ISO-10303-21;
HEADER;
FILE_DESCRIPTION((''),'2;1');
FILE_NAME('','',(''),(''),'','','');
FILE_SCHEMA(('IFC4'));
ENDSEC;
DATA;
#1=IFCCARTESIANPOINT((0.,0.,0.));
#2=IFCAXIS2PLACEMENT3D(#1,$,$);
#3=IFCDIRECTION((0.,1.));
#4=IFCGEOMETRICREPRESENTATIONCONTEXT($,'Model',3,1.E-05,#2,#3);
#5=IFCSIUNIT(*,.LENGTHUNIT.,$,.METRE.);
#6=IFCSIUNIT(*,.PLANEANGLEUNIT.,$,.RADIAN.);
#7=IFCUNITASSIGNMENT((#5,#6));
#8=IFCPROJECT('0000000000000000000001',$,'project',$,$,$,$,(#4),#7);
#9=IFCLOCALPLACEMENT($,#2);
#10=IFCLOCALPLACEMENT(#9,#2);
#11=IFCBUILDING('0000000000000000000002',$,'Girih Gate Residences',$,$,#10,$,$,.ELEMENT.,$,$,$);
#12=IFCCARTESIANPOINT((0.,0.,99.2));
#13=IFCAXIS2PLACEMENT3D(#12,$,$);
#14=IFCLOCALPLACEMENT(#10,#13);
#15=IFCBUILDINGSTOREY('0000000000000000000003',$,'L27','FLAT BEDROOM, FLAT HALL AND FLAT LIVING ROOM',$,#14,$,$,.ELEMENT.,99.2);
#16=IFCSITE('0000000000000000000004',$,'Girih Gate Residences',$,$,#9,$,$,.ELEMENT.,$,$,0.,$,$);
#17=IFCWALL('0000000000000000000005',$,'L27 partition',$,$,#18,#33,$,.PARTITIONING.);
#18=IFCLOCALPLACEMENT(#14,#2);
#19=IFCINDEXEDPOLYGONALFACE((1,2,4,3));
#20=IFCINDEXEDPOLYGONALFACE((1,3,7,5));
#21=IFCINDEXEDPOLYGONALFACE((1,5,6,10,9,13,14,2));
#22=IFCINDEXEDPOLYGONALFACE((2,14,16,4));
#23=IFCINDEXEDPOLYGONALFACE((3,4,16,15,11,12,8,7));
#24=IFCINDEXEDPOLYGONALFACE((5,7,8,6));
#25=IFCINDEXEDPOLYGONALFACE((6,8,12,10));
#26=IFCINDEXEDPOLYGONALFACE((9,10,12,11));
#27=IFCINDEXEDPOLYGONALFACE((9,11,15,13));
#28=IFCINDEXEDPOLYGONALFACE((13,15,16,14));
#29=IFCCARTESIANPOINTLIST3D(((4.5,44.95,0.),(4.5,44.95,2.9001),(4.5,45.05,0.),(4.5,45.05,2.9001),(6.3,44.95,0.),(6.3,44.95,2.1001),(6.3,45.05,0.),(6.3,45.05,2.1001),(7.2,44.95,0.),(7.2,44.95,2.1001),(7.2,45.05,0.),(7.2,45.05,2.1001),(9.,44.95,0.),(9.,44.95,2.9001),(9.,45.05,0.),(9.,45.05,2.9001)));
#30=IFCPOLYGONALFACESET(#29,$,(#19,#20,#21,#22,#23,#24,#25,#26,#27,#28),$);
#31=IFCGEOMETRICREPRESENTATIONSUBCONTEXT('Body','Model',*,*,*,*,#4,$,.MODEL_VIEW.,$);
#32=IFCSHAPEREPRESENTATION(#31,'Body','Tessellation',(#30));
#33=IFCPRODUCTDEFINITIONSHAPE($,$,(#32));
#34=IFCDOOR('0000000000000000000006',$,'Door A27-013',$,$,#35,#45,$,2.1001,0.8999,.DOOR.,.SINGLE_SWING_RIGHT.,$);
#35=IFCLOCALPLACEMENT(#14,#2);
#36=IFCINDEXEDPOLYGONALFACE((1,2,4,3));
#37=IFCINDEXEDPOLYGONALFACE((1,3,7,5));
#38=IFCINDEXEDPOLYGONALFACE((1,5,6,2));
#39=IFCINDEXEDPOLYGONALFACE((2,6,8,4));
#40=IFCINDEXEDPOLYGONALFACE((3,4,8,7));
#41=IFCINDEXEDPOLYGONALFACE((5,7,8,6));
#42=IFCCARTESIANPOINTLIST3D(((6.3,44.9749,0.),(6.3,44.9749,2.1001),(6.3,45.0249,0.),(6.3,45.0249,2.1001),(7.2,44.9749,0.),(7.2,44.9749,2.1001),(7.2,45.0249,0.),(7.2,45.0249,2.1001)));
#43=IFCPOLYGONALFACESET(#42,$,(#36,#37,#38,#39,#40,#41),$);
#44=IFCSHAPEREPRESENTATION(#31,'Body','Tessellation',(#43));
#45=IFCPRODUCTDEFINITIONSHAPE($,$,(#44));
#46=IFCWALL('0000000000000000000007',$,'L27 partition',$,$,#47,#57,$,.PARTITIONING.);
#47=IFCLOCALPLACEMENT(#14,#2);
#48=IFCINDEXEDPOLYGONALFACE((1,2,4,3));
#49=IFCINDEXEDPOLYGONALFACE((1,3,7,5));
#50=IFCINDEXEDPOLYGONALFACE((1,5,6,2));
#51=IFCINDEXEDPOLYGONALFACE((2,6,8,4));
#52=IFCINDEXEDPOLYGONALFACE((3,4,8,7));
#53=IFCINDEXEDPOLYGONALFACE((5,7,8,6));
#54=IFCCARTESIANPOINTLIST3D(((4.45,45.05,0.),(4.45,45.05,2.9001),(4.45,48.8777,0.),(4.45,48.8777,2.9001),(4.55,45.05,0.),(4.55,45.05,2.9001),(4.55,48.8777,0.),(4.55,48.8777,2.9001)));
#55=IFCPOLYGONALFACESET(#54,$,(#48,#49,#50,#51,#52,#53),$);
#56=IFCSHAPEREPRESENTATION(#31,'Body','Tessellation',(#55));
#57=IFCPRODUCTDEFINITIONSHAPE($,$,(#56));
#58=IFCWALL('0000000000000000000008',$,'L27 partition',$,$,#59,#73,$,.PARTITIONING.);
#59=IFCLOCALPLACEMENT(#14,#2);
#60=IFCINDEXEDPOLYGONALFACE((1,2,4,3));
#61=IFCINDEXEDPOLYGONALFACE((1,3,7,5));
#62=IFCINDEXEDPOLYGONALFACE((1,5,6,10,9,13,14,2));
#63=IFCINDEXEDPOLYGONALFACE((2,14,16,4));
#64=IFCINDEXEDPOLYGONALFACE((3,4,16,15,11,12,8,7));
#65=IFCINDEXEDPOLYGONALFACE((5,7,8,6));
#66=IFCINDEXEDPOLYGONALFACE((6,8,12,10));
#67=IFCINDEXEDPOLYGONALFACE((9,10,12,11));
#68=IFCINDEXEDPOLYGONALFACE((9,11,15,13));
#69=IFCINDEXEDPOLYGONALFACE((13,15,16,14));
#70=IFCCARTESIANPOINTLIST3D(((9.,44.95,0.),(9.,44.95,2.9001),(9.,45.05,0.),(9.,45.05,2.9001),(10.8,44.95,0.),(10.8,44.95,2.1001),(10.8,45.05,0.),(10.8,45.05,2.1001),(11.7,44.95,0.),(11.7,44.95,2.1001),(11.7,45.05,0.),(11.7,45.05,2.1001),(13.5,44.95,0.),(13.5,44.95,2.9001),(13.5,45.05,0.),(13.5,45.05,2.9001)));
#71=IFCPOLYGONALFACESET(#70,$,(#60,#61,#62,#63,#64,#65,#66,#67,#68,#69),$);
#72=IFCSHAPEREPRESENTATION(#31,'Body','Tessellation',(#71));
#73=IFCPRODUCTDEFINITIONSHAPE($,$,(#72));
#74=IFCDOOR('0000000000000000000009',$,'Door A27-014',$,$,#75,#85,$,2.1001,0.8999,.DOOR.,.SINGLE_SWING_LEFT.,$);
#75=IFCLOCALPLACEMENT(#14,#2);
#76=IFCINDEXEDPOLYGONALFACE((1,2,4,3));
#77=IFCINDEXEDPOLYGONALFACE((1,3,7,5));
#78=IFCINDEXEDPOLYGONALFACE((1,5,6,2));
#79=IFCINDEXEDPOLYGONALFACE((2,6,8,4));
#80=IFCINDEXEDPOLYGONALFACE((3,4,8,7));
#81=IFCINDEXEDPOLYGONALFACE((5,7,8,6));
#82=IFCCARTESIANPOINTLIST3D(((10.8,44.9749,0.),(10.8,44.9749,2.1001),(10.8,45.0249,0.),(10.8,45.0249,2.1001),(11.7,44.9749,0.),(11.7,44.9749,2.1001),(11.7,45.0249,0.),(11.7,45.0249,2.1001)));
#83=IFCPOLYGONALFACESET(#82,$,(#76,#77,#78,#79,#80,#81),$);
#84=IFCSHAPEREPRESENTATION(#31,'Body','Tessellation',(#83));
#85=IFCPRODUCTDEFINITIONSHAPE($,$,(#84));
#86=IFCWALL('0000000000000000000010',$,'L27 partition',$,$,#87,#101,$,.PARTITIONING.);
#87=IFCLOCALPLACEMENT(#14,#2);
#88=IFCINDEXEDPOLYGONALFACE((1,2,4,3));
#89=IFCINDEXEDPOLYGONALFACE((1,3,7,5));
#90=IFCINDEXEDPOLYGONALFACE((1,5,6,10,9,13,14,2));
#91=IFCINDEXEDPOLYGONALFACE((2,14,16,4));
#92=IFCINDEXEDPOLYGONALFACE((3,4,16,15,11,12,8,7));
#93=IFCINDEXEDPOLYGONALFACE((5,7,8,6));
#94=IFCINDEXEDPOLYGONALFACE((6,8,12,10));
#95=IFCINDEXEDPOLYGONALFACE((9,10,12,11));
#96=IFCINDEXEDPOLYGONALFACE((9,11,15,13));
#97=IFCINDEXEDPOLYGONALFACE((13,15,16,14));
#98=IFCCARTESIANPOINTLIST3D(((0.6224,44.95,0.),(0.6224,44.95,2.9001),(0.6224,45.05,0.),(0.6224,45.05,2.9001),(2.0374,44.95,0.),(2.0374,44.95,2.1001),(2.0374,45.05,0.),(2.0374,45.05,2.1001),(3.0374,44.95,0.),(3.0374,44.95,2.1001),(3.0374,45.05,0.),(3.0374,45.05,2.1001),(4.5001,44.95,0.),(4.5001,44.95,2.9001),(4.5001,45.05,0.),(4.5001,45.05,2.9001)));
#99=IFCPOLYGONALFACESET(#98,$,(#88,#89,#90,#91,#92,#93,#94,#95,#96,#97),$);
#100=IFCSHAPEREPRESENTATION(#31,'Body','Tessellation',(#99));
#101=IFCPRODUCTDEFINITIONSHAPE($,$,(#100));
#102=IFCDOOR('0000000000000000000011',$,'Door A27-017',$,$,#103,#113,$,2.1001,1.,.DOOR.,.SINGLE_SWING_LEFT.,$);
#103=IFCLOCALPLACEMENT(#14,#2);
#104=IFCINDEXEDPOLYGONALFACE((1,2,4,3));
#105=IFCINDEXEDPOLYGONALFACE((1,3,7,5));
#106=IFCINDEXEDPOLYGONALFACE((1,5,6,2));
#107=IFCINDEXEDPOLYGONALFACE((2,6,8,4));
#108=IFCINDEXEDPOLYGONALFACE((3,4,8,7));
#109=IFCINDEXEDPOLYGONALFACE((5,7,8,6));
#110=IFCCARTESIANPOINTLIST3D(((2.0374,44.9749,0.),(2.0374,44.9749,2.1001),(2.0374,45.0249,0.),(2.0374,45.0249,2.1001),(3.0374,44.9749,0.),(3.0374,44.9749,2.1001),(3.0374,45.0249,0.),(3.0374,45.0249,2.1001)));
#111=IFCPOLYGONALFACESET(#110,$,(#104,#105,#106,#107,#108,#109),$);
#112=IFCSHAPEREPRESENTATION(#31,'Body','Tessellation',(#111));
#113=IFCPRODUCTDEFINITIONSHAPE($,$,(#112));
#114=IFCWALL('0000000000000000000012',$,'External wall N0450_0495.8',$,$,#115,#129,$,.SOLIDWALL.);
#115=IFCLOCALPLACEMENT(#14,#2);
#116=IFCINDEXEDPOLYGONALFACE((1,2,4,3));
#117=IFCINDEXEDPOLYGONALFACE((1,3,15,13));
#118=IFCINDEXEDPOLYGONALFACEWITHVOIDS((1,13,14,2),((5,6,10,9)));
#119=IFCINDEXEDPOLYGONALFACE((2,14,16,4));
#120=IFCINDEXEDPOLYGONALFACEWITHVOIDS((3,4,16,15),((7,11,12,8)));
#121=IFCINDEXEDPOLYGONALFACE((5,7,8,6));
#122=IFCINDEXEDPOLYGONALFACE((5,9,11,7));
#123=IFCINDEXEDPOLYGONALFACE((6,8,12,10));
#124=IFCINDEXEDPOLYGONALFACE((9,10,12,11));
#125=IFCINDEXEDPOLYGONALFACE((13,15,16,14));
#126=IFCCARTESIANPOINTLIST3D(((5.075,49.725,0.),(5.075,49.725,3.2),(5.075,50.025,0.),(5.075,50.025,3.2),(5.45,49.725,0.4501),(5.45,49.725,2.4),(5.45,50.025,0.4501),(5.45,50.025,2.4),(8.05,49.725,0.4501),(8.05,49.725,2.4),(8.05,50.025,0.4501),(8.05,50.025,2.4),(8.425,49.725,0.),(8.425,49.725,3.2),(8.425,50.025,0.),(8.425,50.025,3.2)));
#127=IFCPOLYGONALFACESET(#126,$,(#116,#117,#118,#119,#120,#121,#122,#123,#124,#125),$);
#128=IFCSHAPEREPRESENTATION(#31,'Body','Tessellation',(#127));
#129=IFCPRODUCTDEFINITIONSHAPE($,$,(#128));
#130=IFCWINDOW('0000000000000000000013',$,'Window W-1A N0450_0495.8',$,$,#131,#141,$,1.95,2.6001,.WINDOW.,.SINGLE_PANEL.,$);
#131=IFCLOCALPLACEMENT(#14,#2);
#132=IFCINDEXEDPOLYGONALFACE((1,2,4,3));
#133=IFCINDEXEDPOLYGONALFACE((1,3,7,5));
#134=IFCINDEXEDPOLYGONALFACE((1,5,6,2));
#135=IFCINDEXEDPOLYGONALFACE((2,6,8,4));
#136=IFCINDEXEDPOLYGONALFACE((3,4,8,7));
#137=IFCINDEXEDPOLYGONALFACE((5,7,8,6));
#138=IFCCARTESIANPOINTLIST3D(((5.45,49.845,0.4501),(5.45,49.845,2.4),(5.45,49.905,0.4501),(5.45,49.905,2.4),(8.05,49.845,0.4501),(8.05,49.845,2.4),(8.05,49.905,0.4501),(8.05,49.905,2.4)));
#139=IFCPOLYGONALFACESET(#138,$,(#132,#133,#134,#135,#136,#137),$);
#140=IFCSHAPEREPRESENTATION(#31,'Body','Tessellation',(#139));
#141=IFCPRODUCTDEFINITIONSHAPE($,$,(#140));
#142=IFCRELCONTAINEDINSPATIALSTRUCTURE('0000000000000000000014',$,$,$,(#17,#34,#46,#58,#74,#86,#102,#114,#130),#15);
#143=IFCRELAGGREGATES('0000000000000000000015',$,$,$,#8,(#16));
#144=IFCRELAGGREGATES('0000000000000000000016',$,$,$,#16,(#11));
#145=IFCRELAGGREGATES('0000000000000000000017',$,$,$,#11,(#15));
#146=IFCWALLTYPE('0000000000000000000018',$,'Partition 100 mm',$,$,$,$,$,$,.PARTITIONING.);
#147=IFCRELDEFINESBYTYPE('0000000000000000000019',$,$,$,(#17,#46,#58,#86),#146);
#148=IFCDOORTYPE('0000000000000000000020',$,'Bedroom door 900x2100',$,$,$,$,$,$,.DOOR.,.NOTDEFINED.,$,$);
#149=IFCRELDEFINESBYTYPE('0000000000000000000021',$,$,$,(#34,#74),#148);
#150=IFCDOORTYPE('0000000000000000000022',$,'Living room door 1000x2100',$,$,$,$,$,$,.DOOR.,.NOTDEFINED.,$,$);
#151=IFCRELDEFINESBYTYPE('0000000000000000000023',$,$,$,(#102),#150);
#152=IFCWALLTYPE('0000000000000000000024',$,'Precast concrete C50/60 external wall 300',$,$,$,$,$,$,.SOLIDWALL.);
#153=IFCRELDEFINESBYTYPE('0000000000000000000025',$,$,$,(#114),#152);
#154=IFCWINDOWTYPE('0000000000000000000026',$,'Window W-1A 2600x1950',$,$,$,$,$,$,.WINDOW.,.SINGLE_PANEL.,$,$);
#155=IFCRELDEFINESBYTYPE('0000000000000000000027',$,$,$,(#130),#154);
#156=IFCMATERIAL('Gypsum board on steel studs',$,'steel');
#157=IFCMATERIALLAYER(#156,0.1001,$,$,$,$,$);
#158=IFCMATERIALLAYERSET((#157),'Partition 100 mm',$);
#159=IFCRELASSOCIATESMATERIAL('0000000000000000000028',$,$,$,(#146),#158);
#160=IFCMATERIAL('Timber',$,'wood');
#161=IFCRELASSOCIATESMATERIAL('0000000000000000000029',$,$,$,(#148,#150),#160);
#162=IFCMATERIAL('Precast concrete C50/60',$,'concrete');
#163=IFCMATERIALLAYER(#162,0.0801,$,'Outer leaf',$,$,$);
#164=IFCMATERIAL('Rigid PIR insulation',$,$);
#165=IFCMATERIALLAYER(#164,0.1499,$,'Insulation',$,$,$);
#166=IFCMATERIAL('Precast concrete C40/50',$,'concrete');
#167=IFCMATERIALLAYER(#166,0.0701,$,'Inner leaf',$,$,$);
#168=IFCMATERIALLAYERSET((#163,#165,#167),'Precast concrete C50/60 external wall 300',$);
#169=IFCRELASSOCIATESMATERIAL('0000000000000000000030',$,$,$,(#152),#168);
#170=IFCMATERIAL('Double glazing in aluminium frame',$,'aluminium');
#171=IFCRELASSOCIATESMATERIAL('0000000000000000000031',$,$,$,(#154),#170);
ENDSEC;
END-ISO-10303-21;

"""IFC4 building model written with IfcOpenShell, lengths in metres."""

from ifc_helpers import new_model, si_unit, direction, frame, frame_2d, origin, place, context, subcontext, project, spatial, rectangle, extrude, material, layer, layer_set, type_object, element, fill, save


model = new_model("IFC4")

# Units and contexts
model_context = context("Model", 3, precision=1e-05, world=origin(), true_north=direction((0.0, 1.0)))
body_context = subcontext(model_context, "Body", "Model", "MODEL_VIEW")
ifc_project = project(units=[si_unit("LENGTHUNIT", "METRE"), si_unit("PLANEANGLEUNIT", "RADIAN")], contexts=[model_context])

# Site, building, storey
site_placement = place(None, origin())
site = spatial("IfcSite", under=ifc_project, at=site_placement, Name="Girih Gate Residences", CompositionType="ELEMENT", RefElevation=0.0)
building_placement = place(site_placement, origin())
building = spatial("IfcBuilding", under=site, at=building_placement, Name="Girih Gate Residences", CompositionType="ELEMENT")
storey_placement = place(building_placement, frame((0.0, 0.0, 99.2)))
storey = spatial("IfcBuildingStorey", under=building, at=storey_placement, Name="L27", Description="FLAT BEDROOM, FLAT HALL AND FLAT LIVING ROOM", CompositionType="ELEMENT", Elevation=99.2)

# Shared definitions
ifc_material_1 = material(Name="Gypsum board on steel studs", Category="steel")

# Shared definitions
ifc_layer_1 = layer(ifc_material_1, 0.1001)
ifc_layer_set_1 = layer_set([ifc_layer_1], Name="Partition 100 mm")
wall_type_1 = type_object("IfcWallType", Name="Partition 100 mm", PredefinedType="PARTITIONING", material=ifc_layer_set_1)

# Wall, opening, door
wall_1_placement = place(storey_placement, frame((4.5, 45.0, 0.0), z_axis=(0.0, 0.0, 1.0), x_axis=(1.0, 0.0, 0.0)))
wall_1 = element("IfcWall", 1, at=wall_1_placement, inside=storey, type_object=wall_type_1, Name="L27 partition", PredefinedType="PARTITIONING", context=body_context, shape_type="SweptSolid", body=[
    extrude(rectangle(XDim=4.5, YDim=0.1001, at=frame_2d((2.25, 0.0))), origin(), (0.0, 0.0, 1.0), 2.9001),
])
opening_1_placement = place(wall_1_placement, frame((1.8, 0.0, 0.0)))
opening_1 = element("IfcOpeningElement", 2, at=opening_1_placement, cuts=wall_1, PredefinedType="OPENING", context=body_context, shape_type="SweptSolid", body=[
    extrude(rectangle(XDim=0.8999, YDim=2.1001, at=frame_2d((0.45, 1.05))), frame((0.0, 0.0601, 0.0), z_axis=(0.0, -1.0, 0.0), x_axis=(1.0, 0.0, 0.0)), (0.0, 0.0, 1.0), 0.1201),
])
ifc_material_2 = material(Name="Timber", Category="wood")
door_type_1 = type_object("IfcDoorType", Name="Bedroom door 900x2100", OperationType="NOTDEFINED", PredefinedType="DOOR", material=ifc_material_2)
door_1_placement = place(opening_1_placement, origin())
door_1 = element("IfcDoor", 3, at=door_1_placement, inside=storey, type_object=door_type_1, Name="Door A27-013", OperationType="SINGLE_SWING_RIGHT", OverallHeight=2.1001, OverallWidth=0.8999, PredefinedType="DOOR", context=body_context, shape_type="SweptSolid", body=[
    extrude(rectangle(XDim=0.8999, YDim=2.1001, at=frame_2d((0.45, 1.05))), frame((0.0, 0.0249, 0.0), z_axis=(0.0, -1.0, 0.0), x_axis=(1.0, 0.0, 0.0)), (0.0, 0.0, 1.0), 0.05),
])
fill(opening_1, door_1)

# Wall
wall_2_placement = place(storey_placement, frame((4.5, 45.05, 0.0), z_axis=(0.0, 0.0, 1.0), x_axis=(0.0, 1.0, 0.0)))
element("IfcWall", 4, at=wall_2_placement, inside=storey, type_object=wall_type_1, Name="L27 partition", PredefinedType="PARTITIONING", context=body_context, shape_type="SweptSolid", body=[
    extrude(rectangle(XDim=3.8276, YDim=0.1001, at=frame_2d((1.9138, 0.0))), origin(), (0.0, 0.0, 1.0), 2.9001),
])

# Walls, openings, doors
wall_3_placement = place(storey_placement, frame((9.0, 45.0, 0.0), z_axis=(0.0, 0.0, 1.0), x_axis=(1.0, 0.0, 0.0)))
wall_3 = element("IfcWall", 5, at=wall_3_placement, inside=storey, type_object=wall_type_1, Name="L27 partition", PredefinedType="PARTITIONING", context=body_context, shape_type="SweptSolid", body=[
    extrude(rectangle(XDim=4.5, YDim=0.1001, at=frame_2d((2.25, 0.0))), origin(), (0.0, 0.0, 1.0), 2.9001),
])
opening_2_placement = place(wall_3_placement, frame((1.8, 0.0, 0.0)))
opening_2 = element("IfcOpeningElement", 6, at=opening_2_placement, cuts=wall_3, PredefinedType="OPENING", context=body_context, shape_type="SweptSolid", body=[
    extrude(rectangle(XDim=0.8999, YDim=2.1001, at=frame_2d((0.45, 1.05))), frame((0.0, 0.0601, 0.0), z_axis=(0.0, -1.0, 0.0), x_axis=(1.0, 0.0, 0.0)), (0.0, 0.0, 1.0), 0.1201),
])
door_2_placement = place(opening_2_placement, origin())
door_2 = element("IfcDoor", 7, at=door_2_placement, inside=storey, type_object=door_type_1, Name="Door A27-014", OperationType="SINGLE_SWING_LEFT", OverallHeight=2.1001, OverallWidth=0.8999, PredefinedType="DOOR", context=body_context, shape_type="SweptSolid", body=[
    extrude(rectangle(XDim=0.8999, YDim=2.1001, at=frame_2d((0.45, 1.05))), frame((0.0, 0.0249, 0.0), z_axis=(0.0, -1.0, 0.0), x_axis=(1.0, 0.0, 0.0)), (0.0, 0.0, 1.0), 0.05),
])
fill(opening_2, door_2)
wall_4_placement = place(storey_placement, frame((0.6223, 45.0, 0.0), z_axis=(0.0, 0.0, 1.0), x_axis=(1.0, 0.0, 0.0)))
wall_4 = element("IfcWall", 8, at=wall_4_placement, inside=storey, type_object=wall_type_1, Name="L27 partition", PredefinedType="PARTITIONING", context=body_context, shape_type="SweptSolid", body=[
    extrude(rectangle(XDim=3.8777, YDim=0.1001, at=frame_2d((1.939, 0.0))), origin(), (0.0, 0.0, 1.0), 2.9001),
])
opening_3_placement = place(wall_4_placement, frame((1.415, 0.0, 0.0)))
opening_3 = element("IfcOpeningElement", 9, at=opening_3_placement, cuts=wall_4, PredefinedType="OPENING", context=body_context, shape_type="SweptSolid", body=[
    extrude(rectangle(XDim=1.0, YDim=2.1001, at=frame_2d((0.5, 1.05))), frame((0.0, 0.0601, 0.0), z_axis=(0.0, -1.0, 0.0), x_axis=(1.0, 0.0, 0.0)), (0.0, 0.0, 1.0), 0.1201),
])
door_type_2 = type_object("IfcDoorType", Name="Living room door 1000x2100", OperationType="NOTDEFINED", PredefinedType="DOOR", material=ifc_material_2)
door_3_placement = place(opening_3_placement, origin())
door_3 = element("IfcDoor", 10, at=door_3_placement, inside=storey, type_object=door_type_2, Name="Door A27-017", OperationType="SINGLE_SWING_LEFT", OverallHeight=2.1001, OverallWidth=1.0, PredefinedType="DOOR", context=body_context, shape_type="SweptSolid", body=[
    extrude(rectangle(XDim=1.0, YDim=2.1001, at=frame_2d((0.5, 1.05))), frame((0.0, 0.0249, 0.0), z_axis=(0.0, -1.0, 0.0), x_axis=(1.0, 0.0, 0.0)), (0.0, 0.0, 1.0), 0.05),
])
fill(opening_3, door_3)

# Wall, opening, window
ifc_material_3 = material(Name="Precast concrete C50/60", Category="concrete")
ifc_layer_2 = layer(ifc_material_3, 0.0801, Name="Outer leaf")
ifc_material_4 = material(Name="Rigid PIR insulation")
ifc_layer_3 = layer(ifc_material_4, 0.1499, Name="Insulation")
ifc_material_5 = material(Name="Precast concrete C40/50", Category="concrete")
ifc_layer_4 = layer(ifc_material_5, 0.0701, Name="Inner leaf")
ifc_layer_set_2 = layer_set([ifc_layer_2, ifc_layer_3, ifc_layer_4], Name="Precast concrete C50/60 external wall 300")
wall_type_2 = type_object("IfcWallType", Name="Precast concrete C50/60 external wall 300", PredefinedType="SOLIDWALL", material=ifc_layer_set_2)
wall_5_placement = place(storey_placement, frame((5.075, 49.875, 0.0), z_axis=(0.0, 0.0, 1.0), x_axis=(1.0, 0.0, 0.0)))
wall_5 = element("IfcWall", 11, at=wall_5_placement, inside=storey, type_object=wall_type_2, Name="External wall N0450_0495.8", PredefinedType="SOLIDWALL", context=body_context, shape_type="SweptSolid", body=[
    extrude(rectangle(XDim=3.3501, YDim=0.3, at=frame_2d((1.675, 0.0))), origin(), (0.0, 0.0, 1.0), 3.2),
])
opening_4_placement = place(wall_5_placement, frame((0.375, 0.0, 0.45)))
opening_4 = element("IfcOpeningElement", 12, at=opening_4_placement, cuts=wall_5, PredefinedType="OPENING", context=body_context, shape_type="SweptSolid", body=[
    extrude(rectangle(XDim=2.6001, YDim=1.95, at=frame_2d((1.3, 0.9751))), frame((0.0, 0.1599, 0.0), z_axis=(0.0, -1.0, 0.0), x_axis=(1.0, 0.0, 0.0)), (0.0, 0.0, 1.0), 0.3201),
])
ifc_material_6 = material(Name="Double glazing in aluminium frame", Category="aluminium")
window_type_1 = type_object("IfcWindowType", Name="Window W-1A 2600x1950", PartitioningType="SINGLE_PANEL", PredefinedType="WINDOW", material=ifc_material_6)
window_1_placement = place(opening_4_placement, origin())
window_1 = element("IfcWindow", 13, at=window_1_placement, inside=storey, type_object=window_type_1, Name="Window W-1A N0450_0495.8", OverallHeight=1.95, OverallWidth=2.6001, PartitioningType="SINGLE_PANEL", PredefinedType="WINDOW", context=body_context, shape_type="SweptSolid", body=[
    extrude(rectangle(XDim=2.6001, YDim=1.95, at=frame_2d((1.3, 0.9751))), frame((0.0, 0.03, 0.0), z_axis=(0.0, -1.0, 0.0), x_axis=(1.0, 0.0, 0.0)), (0.0, 0.0, 1.0), 0.0601),
])
fill(opening_4, window_1)

save(model, "model.ifc")
